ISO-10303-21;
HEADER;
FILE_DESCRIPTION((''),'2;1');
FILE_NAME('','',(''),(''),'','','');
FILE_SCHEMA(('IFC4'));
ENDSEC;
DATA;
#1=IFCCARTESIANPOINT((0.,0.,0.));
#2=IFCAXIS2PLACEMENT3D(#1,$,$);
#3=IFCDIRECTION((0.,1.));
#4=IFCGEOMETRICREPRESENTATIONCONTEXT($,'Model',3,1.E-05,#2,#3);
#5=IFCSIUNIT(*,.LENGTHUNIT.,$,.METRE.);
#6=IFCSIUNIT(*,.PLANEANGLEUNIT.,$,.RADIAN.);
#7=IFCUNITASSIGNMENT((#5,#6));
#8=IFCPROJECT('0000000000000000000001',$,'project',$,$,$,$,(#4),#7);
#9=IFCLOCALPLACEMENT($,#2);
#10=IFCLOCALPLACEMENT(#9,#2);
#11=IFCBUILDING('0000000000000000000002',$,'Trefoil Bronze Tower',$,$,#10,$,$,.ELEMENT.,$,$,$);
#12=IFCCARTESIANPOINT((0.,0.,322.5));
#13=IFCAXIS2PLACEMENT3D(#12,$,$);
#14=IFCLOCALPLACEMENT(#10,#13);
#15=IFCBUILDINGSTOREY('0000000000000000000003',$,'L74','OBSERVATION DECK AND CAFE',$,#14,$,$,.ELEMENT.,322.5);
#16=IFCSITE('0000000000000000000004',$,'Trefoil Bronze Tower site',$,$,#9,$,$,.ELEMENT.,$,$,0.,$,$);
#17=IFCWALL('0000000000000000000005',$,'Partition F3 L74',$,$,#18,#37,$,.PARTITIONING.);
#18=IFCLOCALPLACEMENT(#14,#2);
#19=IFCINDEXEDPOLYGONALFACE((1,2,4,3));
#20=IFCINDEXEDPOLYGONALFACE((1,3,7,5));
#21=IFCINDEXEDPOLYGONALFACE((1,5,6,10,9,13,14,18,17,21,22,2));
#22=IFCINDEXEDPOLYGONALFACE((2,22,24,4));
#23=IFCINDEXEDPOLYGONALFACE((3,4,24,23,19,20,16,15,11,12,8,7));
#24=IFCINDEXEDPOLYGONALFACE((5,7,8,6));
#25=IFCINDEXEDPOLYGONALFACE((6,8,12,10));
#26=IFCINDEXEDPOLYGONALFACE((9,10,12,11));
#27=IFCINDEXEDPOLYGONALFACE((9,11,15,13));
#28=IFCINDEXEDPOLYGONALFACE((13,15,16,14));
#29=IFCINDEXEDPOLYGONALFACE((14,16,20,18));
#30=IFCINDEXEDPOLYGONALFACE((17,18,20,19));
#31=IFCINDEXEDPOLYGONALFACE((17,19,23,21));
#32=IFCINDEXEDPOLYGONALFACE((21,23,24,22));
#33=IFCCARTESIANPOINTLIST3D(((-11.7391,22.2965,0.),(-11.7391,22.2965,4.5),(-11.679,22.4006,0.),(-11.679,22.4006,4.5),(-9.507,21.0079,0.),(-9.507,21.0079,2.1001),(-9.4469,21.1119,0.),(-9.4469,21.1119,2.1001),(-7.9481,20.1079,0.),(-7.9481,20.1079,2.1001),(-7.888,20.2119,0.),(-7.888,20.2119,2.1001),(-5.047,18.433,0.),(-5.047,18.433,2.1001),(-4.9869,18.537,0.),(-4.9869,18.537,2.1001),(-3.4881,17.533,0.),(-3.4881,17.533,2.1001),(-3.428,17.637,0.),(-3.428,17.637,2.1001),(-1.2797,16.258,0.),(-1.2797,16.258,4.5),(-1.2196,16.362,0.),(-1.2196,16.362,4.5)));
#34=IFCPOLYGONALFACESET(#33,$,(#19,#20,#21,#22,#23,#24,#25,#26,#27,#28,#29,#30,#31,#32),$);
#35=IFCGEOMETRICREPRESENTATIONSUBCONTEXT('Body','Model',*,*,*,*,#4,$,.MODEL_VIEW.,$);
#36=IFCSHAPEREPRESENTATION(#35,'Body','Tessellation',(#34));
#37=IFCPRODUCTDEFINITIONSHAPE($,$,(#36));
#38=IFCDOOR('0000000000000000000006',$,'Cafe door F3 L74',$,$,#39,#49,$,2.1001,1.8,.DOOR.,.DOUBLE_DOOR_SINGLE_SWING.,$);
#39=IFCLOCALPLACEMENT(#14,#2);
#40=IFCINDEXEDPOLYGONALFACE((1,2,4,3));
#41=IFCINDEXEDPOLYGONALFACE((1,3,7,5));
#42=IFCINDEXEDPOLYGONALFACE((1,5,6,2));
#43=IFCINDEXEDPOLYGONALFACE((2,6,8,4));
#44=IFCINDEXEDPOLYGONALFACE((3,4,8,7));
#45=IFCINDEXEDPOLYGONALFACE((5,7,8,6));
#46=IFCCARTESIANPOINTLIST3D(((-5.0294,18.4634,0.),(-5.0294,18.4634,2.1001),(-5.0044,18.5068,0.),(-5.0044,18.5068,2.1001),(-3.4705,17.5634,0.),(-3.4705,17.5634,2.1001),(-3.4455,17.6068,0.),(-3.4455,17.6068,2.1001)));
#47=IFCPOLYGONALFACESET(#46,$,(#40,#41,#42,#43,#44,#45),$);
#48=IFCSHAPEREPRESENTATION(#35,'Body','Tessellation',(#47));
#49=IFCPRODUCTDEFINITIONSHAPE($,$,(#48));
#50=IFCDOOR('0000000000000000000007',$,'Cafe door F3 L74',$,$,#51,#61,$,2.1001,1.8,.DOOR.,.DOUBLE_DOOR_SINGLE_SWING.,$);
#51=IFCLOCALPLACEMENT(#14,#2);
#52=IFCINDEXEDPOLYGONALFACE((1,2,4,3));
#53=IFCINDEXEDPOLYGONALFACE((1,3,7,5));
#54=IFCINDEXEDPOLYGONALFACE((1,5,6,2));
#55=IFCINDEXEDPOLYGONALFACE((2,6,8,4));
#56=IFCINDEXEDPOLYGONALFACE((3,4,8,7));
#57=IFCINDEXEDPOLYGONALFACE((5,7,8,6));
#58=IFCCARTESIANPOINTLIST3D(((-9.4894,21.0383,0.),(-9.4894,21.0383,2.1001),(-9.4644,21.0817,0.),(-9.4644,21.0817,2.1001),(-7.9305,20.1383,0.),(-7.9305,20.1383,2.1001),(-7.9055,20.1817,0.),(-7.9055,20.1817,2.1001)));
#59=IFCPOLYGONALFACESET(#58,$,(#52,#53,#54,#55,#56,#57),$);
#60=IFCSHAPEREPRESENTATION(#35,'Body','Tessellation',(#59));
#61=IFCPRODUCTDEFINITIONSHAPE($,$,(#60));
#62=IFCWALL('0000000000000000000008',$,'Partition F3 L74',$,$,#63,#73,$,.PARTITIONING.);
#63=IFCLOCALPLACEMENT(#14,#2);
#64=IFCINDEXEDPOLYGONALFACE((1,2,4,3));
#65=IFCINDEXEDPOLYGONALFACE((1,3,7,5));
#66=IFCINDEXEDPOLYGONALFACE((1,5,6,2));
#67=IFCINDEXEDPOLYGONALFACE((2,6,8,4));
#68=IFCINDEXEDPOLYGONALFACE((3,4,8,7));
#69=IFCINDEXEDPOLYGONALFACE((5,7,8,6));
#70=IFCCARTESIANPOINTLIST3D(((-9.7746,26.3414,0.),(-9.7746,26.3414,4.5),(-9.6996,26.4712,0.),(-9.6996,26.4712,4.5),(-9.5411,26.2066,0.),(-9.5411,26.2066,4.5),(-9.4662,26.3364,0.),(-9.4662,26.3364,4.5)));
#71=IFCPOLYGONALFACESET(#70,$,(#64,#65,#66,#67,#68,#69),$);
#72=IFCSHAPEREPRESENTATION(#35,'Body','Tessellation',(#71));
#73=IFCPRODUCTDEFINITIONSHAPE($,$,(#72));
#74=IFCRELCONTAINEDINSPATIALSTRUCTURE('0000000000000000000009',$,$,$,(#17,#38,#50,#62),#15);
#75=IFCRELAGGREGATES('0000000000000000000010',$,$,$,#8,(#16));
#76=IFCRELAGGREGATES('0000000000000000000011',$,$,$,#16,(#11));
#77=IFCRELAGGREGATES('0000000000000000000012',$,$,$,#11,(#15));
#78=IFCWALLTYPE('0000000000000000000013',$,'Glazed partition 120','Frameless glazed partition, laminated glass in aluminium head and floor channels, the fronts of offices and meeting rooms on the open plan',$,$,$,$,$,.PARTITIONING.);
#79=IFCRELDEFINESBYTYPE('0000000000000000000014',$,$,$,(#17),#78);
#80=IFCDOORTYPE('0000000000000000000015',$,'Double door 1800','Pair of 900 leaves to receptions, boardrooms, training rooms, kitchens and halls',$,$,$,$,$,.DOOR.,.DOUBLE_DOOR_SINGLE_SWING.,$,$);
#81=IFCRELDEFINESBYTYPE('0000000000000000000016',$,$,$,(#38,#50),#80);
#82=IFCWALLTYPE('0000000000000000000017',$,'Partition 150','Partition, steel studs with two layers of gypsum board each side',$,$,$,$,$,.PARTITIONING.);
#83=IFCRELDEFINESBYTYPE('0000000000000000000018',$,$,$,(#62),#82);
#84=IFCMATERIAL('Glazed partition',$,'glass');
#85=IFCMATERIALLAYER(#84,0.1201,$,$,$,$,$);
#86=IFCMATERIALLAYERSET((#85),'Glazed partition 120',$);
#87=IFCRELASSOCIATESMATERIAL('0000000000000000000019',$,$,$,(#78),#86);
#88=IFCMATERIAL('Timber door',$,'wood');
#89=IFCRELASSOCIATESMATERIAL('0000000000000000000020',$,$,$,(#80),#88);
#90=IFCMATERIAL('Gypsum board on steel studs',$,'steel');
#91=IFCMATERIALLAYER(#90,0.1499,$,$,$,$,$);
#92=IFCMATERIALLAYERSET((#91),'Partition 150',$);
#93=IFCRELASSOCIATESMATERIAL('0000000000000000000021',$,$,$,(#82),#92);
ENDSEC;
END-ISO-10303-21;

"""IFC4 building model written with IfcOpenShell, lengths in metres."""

from ifc_helpers import new_model, si_unit, direction, frame, frame_2d, origin, place, context, subcontext, project, spatial, rectangle, extrude, material, layer, layer_set, type_object, element, fill, save


model = new_model("IFC4")

# Units and contexts
model_context = context("Model", 3, precision=1e-05, world=origin(), true_north=direction((0.0, 1.0)))
body_context = subcontext(model_context, "Body", "Model", "MODEL_VIEW")
ifc_project = project(units=[si_unit("LENGTHUNIT", "METRE"), si_unit("PLANEANGLEUNIT", "RADIAN")], contexts=[model_context])

# Site, building, storey
site_placement = place(None, origin())
site = spatial("IfcSite", under=ifc_project, at=site_placement, Name="Trefoil Bronze Tower site", CompositionType="ELEMENT", RefElevation=0.0)
building_placement = place(site_placement, origin())
building = spatial("IfcBuilding", under=site, at=building_placement, Name="Trefoil Bronze Tower", CompositionType="ELEMENT")
storey_placement = place(building_placement, frame((0.0, 0.0, 322.5)))
storey = spatial("IfcBuildingStorey", under=building, at=storey_placement, Name="L74", Description="OBSERVATION DECK AND CAFE", CompositionType="ELEMENT", Elevation=322.5)

# Wall, openings, doors
ifc_material_1 = material(Name="Glazed partition", Category="glass")
ifc_layer_1 = layer(ifc_material_1, 0.1201)
ifc_layer_set_1 = layer_set([ifc_layer_1], Name="Glazed partition 120")
wall_type_1 = type_object("IfcWallType", Name="Glazed partition 120", Description="Frameless glazed partition, laminated glass in aluminium head and floor channels, the fronts of offices and meeting rooms on the open plan", PredefinedType="PARTITIONING", material=ifc_layer_set_1)
wall_1_placement = place(storey_placement, frame((-1.2498, 16.3101, 0.0), z_axis=(0.0, 0.0, 1.0), x_axis=(-0.866033, 0.499987, 0.0)))
wall_1 = element("IfcWall", 1, at=wall_1_placement, inside=storey, type_object=wall_type_1, Name="Partition F3 L74", PredefinedType="PARTITIONING", context=body_context, shape_type="SweptSolid", body=[
    extrude(rectangle(XDim=12.0774, YDim=0.1201, at=frame_2d((6.0386, 0.0))), origin(), (0.0, 0.0, 1.0), 4.5),
])
opening_1_placement = place(wall_1_placement, frame((2.55, 0.0, 0.0)))
opening_1 = element("IfcOpeningElement", 2, at=opening_1_placement, cuts=wall_1, PredefinedType="OPENING", context=body_context, shape_type="SweptSolid", body=[
    extrude(rectangle(XDim=1.8, YDim=2.1001, at=frame_2d((0.8999, 1.05))), frame((0.0, 0.0701, 0.0), z_axis=(0.0, -1.0, 0.0), x_axis=(1.0, 0.0, 0.0)), (0.0, 0.0, 1.0), 0.1401),
])
opening_2_placement = place(wall_1_placement, frame((7.7, 0.0, 0.0)))
opening_2 = element("IfcOpeningElement", 3, at=opening_2_placement, cuts=wall_1, PredefinedType="OPENING", context=body_context, shape_type="SweptSolid", body=[
    extrude(rectangle(XDim=1.8, YDim=2.1001, at=frame_2d((0.8999, 1.05))), frame((0.0, 0.0701, 0.0), z_axis=(0.0, -1.0, 0.0), x_axis=(1.0, 0.0, 0.0)), (0.0, 0.0, 1.0), 0.1401),
])
ifc_material_2 = material(Name="Timber door", Category="wood")
door_type_1 = type_object("IfcDoorType", Name="Double door 1800", Description="Pair of 900 leaves to receptions, boardrooms, training rooms, kitchens and halls", OperationType="DOUBLE_DOOR_SINGLE_SWING", PredefinedType="DOOR", material=ifc_material_2)
door_1_placement = place(opening_1_placement, origin())
door_1 = element("IfcDoor", 4, at=door_1_placement, inside=storey, type_object=door_type_1, Name="Cafe door F3 L74", OperationType="DOUBLE_DOOR_SINGLE_SWING", OverallHeight=2.1001, OverallWidth=1.8, PredefinedType="DOOR", context=body_context, shape_type="SweptSolid", body=[
    extrude(rectangle(XDim=1.8, YDim=2.1001, at=frame_2d((0.8999, 1.05))), frame((0.0, 0.0249, 0.0), z_axis=(0.0, -1.0, 0.0), x_axis=(1.0, 0.0, 0.0)), (0.0, 0.0, 1.0), 0.05),
])
fill(opening_1, door_1)
door_2_placement = place(opening_2_placement, origin())
door_2 = element("IfcDoor", 5, at=door_2_placement, inside=storey, type_object=door_type_1, Name="Cafe door F3 L74", OperationType="DOUBLE_DOOR_SINGLE_SWING", OverallHeight=2.1001, OverallWidth=1.8, PredefinedType="DOOR", context=body_context, shape_type="SweptSolid", body=[
    extrude(rectangle(XDim=1.8, YDim=2.1001, at=frame_2d((0.8999, 1.05))), frame((0.0, 0.0249, 0.0), z_axis=(0.0, -1.0, 0.0), x_axis=(1.0, 0.0, 0.0)), (0.0, 0.0, 1.0), 0.05),
])
fill(opening_2, door_2)

# Wall
ifc_material_3 = material(Name="Gypsum board on steel studs", Category="steel")
ifc_layer_2 = layer(ifc_material_3, 0.1499)
ifc_layer_set_2 = layer_set([ifc_layer_2], Name="Partition 150")
wall_type_2 = type_object("IfcWallType", Name="Partition 150", Description="Partition, steel studs with two layers of gypsum board each side", PredefinedType="PARTITIONING", material=ifc_layer_set_2)
wall_2_placement = place(storey_placement, frame((-9.5037, 26.2715, 0.0), z_axis=(0.0, 0.0, 1.0), x_axis=(-0.866005, 0.500036, 0.0)))
element("IfcWall", 6, at=wall_2_placement, inside=storey, type_object=wall_type_2, Name="Partition F3 L74", PredefinedType="PARTITIONING", context=body_context, shape_type="SweptSolid", body=[
    extrude(rectangle(XDim=0.2695, YDim=0.1499, at=frame_2d((0.1348, 0.0))), origin(), (0.0, 0.0, 1.0), 4.5),
])

save(model, "model.ifc")
